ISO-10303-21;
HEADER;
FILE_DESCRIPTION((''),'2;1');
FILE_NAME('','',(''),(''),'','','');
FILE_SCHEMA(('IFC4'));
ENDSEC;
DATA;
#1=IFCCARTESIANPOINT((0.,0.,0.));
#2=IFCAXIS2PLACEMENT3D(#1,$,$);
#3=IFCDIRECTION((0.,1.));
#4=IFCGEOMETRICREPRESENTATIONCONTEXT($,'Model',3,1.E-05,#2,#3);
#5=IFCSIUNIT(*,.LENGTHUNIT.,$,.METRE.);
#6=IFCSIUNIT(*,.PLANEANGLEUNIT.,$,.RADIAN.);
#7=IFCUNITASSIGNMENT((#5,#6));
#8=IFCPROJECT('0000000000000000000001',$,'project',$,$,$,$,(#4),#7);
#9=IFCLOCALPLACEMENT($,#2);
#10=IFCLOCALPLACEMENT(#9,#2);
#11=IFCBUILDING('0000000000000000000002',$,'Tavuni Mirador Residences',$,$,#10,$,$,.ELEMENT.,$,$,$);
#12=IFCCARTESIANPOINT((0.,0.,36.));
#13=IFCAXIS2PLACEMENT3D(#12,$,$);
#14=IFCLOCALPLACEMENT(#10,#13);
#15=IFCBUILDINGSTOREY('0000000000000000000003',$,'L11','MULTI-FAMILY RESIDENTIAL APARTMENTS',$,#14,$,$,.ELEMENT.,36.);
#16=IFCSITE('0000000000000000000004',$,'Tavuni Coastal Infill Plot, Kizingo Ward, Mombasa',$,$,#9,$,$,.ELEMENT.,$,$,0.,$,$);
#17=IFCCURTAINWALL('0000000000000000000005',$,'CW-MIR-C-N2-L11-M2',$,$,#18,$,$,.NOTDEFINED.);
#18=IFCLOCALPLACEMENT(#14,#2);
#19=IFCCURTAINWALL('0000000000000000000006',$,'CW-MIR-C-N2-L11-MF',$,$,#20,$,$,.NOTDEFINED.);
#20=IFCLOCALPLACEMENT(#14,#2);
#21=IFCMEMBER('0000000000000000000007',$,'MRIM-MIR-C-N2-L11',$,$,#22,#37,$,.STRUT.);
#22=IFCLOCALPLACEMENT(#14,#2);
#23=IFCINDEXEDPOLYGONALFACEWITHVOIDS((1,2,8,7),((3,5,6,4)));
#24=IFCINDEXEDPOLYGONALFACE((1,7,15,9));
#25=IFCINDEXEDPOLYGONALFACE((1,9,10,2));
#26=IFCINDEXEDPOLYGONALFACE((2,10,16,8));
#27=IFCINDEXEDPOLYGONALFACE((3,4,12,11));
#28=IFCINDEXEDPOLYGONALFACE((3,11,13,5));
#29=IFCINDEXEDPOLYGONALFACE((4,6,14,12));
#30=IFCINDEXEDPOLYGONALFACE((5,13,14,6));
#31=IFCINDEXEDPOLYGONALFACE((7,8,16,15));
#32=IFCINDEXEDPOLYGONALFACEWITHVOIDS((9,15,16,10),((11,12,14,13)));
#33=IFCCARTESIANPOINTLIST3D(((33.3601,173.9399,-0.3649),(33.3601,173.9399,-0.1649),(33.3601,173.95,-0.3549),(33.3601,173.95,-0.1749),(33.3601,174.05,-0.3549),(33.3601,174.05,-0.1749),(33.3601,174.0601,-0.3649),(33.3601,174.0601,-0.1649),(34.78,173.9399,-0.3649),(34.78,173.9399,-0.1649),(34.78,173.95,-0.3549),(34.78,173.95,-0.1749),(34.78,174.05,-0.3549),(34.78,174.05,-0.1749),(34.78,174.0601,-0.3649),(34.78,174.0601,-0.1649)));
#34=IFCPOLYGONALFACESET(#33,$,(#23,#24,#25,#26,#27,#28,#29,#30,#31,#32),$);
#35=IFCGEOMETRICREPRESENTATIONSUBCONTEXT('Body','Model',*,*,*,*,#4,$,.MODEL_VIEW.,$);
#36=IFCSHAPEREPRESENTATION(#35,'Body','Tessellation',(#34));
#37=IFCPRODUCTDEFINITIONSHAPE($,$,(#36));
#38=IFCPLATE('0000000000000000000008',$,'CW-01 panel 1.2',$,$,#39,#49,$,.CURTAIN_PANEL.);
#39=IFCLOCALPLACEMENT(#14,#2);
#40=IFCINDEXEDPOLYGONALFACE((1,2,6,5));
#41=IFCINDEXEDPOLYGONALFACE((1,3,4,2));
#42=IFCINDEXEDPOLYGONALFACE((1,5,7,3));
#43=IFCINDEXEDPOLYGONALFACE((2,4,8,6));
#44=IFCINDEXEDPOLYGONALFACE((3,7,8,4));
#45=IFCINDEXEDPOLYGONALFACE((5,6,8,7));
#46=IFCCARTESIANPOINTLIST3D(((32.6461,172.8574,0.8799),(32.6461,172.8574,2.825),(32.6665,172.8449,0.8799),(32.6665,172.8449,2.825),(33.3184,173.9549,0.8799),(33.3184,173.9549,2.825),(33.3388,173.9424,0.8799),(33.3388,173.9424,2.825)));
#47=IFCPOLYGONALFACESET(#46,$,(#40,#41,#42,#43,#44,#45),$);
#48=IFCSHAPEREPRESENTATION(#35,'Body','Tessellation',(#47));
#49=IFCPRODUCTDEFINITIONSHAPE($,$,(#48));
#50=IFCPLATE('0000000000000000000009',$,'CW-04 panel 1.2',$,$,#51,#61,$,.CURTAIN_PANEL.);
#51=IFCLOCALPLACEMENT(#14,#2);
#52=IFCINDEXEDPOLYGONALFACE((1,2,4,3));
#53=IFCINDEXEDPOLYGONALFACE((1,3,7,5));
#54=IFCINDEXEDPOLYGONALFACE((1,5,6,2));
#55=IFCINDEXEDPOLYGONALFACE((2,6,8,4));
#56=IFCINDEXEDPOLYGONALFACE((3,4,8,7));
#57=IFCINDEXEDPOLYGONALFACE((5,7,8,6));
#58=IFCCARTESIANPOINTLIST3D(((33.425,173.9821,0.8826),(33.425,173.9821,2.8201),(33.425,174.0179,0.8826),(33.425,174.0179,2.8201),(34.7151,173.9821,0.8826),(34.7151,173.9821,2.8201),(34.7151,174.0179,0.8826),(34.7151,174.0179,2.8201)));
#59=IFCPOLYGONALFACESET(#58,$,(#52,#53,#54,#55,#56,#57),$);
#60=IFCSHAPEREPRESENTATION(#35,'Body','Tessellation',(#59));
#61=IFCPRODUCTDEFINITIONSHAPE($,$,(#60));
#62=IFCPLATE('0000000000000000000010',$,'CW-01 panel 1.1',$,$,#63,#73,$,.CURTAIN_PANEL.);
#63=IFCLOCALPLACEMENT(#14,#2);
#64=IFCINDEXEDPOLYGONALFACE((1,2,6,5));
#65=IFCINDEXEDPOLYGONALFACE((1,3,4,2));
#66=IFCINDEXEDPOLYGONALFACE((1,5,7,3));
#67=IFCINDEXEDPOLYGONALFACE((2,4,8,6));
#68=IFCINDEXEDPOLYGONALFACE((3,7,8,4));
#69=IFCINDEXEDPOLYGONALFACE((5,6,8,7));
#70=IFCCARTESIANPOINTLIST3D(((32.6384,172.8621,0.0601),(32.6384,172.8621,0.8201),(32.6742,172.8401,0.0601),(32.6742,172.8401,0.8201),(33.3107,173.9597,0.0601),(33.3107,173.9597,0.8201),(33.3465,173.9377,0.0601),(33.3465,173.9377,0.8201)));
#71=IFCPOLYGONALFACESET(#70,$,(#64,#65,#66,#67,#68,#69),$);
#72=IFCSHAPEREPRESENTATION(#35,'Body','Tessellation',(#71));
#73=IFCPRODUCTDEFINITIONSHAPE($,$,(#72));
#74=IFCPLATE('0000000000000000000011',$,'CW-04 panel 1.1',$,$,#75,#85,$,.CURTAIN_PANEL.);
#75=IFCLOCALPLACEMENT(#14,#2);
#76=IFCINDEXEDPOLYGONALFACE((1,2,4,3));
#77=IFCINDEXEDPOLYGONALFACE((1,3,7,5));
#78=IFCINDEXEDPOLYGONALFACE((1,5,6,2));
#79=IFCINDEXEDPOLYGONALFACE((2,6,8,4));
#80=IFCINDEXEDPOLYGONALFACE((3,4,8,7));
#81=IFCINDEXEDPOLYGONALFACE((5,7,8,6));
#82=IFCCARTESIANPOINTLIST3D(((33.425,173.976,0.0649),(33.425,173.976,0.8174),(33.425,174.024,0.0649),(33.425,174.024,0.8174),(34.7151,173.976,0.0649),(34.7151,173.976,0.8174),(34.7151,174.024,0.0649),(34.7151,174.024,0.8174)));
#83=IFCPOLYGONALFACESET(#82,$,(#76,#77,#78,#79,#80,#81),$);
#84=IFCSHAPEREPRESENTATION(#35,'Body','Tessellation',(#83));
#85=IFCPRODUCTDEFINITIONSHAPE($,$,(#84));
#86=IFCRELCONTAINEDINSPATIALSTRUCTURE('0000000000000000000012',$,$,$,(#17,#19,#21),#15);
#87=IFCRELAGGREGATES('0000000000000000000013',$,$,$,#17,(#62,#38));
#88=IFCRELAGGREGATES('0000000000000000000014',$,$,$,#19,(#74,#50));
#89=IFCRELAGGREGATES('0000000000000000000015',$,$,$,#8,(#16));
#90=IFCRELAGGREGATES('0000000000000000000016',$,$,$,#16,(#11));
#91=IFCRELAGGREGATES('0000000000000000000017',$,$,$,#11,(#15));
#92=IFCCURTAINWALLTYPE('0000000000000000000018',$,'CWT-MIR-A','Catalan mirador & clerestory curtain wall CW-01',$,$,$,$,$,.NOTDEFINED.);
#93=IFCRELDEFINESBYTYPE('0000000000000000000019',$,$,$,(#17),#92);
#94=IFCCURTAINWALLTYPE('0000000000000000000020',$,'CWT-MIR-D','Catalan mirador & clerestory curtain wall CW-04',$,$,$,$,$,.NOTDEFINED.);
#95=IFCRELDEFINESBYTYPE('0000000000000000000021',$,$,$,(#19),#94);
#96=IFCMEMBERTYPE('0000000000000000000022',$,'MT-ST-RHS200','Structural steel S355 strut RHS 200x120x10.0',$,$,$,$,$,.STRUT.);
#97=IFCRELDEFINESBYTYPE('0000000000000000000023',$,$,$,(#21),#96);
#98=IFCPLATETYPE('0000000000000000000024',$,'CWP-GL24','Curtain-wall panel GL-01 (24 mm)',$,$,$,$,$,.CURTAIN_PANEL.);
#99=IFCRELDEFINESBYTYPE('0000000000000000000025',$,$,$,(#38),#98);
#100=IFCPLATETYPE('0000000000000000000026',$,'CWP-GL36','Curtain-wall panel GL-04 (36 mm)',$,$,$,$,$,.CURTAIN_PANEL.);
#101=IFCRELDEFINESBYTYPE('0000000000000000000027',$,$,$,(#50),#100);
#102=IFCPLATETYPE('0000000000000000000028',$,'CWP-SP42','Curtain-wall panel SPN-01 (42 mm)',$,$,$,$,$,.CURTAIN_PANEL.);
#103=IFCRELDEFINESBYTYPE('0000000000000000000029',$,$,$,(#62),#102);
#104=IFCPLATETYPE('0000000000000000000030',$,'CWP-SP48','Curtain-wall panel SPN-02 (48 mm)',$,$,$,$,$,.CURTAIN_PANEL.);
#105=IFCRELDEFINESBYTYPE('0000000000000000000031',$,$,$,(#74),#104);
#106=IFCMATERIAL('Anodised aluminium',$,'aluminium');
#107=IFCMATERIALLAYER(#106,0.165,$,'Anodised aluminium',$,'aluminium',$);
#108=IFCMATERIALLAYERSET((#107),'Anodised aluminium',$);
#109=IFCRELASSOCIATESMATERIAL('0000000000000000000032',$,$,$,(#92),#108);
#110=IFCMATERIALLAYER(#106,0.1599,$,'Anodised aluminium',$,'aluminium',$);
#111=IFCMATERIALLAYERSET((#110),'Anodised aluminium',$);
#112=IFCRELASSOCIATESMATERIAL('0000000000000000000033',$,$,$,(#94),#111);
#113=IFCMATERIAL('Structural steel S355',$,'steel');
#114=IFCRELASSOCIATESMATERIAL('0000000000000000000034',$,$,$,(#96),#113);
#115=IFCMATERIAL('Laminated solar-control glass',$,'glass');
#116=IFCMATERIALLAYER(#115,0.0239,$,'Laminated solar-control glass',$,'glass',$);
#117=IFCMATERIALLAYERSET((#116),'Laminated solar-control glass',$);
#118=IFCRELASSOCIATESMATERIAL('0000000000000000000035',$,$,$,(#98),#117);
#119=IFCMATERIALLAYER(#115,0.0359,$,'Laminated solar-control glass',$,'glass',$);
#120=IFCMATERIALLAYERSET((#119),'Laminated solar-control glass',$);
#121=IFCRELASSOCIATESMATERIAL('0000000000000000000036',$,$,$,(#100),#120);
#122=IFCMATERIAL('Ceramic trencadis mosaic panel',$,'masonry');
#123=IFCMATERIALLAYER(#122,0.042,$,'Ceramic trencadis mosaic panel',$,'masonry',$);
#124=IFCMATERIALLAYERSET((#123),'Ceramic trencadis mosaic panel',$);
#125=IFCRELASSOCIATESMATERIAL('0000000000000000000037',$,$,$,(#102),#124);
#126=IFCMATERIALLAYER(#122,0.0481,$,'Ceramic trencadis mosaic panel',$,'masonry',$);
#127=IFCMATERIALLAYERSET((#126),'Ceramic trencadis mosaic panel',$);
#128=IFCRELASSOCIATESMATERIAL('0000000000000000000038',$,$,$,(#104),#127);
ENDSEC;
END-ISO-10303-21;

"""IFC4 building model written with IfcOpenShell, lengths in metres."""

from ifc_helpers import new_model, si_unit, direction, frame, origin, origin_2d, place, context, subcontext, project, spatial, rectangle, hollow_rectangle, extrude, material, layer, layer_set, material_profile, profile_set, type_object, element, aggregate, save


model = new_model("IFC4")

# Units and contexts
model_context = context("Model", 3, precision=1e-05, world=origin(), true_north=direction((0.0, 1.0)))
body_context = subcontext(model_context, "Body", "Model", "MODEL_VIEW")
ifc_project = project(units=[si_unit("LENGTHUNIT", "METRE"), si_unit("PLANEANGLEUNIT", "RADIAN")], contexts=[model_context])

# Site, building, storey
site_placement = place(None, origin())
site = spatial("IfcSite", under=ifc_project, at=site_placement, Name="Tavuni Coastal Infill Plot, Kizingo Ward, Mombasa", CompositionType="ELEMENT", RefElevation=0.0)
building_placement = place(site_placement, origin())
building = spatial("IfcBuilding", under=site, at=building_placement, Name="Tavuni Mirador Residences", CompositionType="ELEMENT")
storey_placement = place(building_placement, frame((0.0, 0.0, 36.0)))
storey = spatial("IfcBuildingStorey", under=building, at=storey_placement, Name="L11", Description="MULTI-FAMILY RESIDENTIAL APARTMENTS", CompositionType="ELEMENT", Elevation=36.0)

# Curtain wall
ifc_material_1 = material(Name="Anodised aluminium", Category="aluminium")
ifc_layer_1 = layer(ifc_material_1, 0.165, Name="Anodised aluminium", Category="aluminium")
ifc_layer_set_1 = layer_set([ifc_layer_1], Name="Anodised aluminium")
curtain_wall_type_1 = type_object("IfcCurtainWallType", Name="CWT-MIR-A", Description="Catalan mirador & clerestory curtain wall CW-01", PredefinedType="NOTDEFINED", material=ifc_layer_set_1)
curtain_wall_1_placement = place(storey_placement, origin())
curtain_wall_1 = element("IfcCurtainWall", 1, at=curtain_wall_1_placement, inside=storey, type_object=curtain_wall_type_1, Name="CW-MIR-C-N2-L11-M2", PredefinedType="NOTDEFINED")

# Curtain wall
ifc_layer_2 = layer(ifc_material_1, 0.1599, Name="Anodised aluminium", Category="aluminium")
ifc_layer_set_2 = layer_set([ifc_layer_2], Name="Anodised aluminium")
curtain_wall_type_2 = type_object("IfcCurtainWallType", Name="CWT-MIR-D", Description="Catalan mirador & clerestory curtain wall CW-04", PredefinedType="NOTDEFINED", material=ifc_layer_set_2)
curtain_wall_2_placement = place(storey_placement, origin())
curtain_wall_2 = element("IfcCurtainWall", 2, at=curtain_wall_2_placement, inside=storey, type_object=curtain_wall_type_2, Name="CW-MIR-C-N2-L11-MF", PredefinedType="NOTDEFINED")

# Member
ifc_material_2 = material(Name="Structural steel S355", Category="steel")
ifc_material_profile_1 = material_profile(ifc_material_2, hollow_rectangle(XDim=0.1201, YDim=0.2, WallThickness=0.01, at=origin_2d()), Name="RHS 200x120x10.0", Category="steel")
ifc_profile_set_1 = profile_set([ifc_material_profile_1], Name="Structural steel S355")
member_type_1 = type_object("IfcMemberType", Name="MT-ST-RHS200", Description="Structural steel S355 strut RHS 200x120x10.0", PredefinedType="STRUT", material=ifc_profile_set_1)
member_1_placement = place(storey_placement, frame((33.3601, 174.0, -0.2649), z_axis=(1.0, 0.0, 0.0), x_axis=(0.0, 1.0, 0.0)))
element("IfcMember", 3, at=member_1_placement, inside=storey, type_object=member_type_1, Name="MRIM-MIR-C-N2-L11", PredefinedType="STRUT", context=body_context, shape_type="SweptSolid", body=[
    extrude(hollow_rectangle(XDim=0.1201, YDim=0.2, WallThickness=0.01, at=origin_2d()), origin(), (0.0, 0.0, 1.0), 1.4199),
])

# Plates
ifc_material_3 = material(Name="Laminated solar-control glass", Category="glass")
ifc_layer_3 = layer(ifc_material_3, 0.0239, Name="Laminated solar-control glass", Category="glass")
ifc_layer_set_3 = layer_set([ifc_layer_3], Name="Laminated solar-control glass")
plate_type_1 = type_object("IfcPlateType", Name="CWP-GL24", Description="Curtain-wall panel GL-01 (24 mm)", PredefinedType="CURTAIN_PANEL", material=ifc_layer_set_3)
plate_1_placement = place(storey_placement, frame((32.9924, 173.3999, 0.8799), z_axis=(0.0, 0.0, 1.0), x_axis=(-0.522312, -0.852754, 0.0)))
plate_1 = element("IfcPlate", 4, at=plate_1_placement, type_object=plate_type_1, Name="CW-01 panel 1.2", PredefinedType="CURTAIN_PANEL", context=body_context, shape_type="SweptSolid", body=[
    extrude(rectangle(XDim=1.2871, YDim=0.0239, at=origin_2d()), origin(), (0.0, 0.0, 1.0), 1.9451),
])
ifc_layer_4 = layer(ifc_material_3, 0.0359, Name="Laminated solar-control glass", Category="glass")
ifc_layer_set_4 = layer_set([ifc_layer_4], Name="Laminated solar-control glass")
plate_type_2 = type_object("IfcPlateType", Name="CWP-GL36", Description="Curtain-wall panel GL-04 (36 mm)", PredefinedType="CURTAIN_PANEL", material=ifc_layer_set_4)
plate_2_placement = place(storey_placement, frame((34.0701, 174.0, 0.8826), z_axis=(0.0, 0.0, 1.0), x_axis=(-1.0, 0.0, 0.0)))
plate_2 = element("IfcPlate", 5, at=plate_2_placement, type_object=plate_type_2, Name="CW-04 panel 1.2", PredefinedType="CURTAIN_PANEL", context=body_context, shape_type="SweptSolid", body=[
    extrude(rectangle(XDim=1.29, YDim=0.0359, at=origin_2d()), origin(), (0.0, 0.0, 1.0), 1.9375),
])
ifc_material_4 = material(Name="Ceramic trencadis mosaic panel", Category="masonry")
ifc_layer_5 = layer(ifc_material_4, 0.042, Name="Ceramic trencadis mosaic panel", Category="masonry")
ifc_layer_set_5 = layer_set([ifc_layer_5], Name="Ceramic trencadis mosaic panel")
plate_type_3 = type_object("IfcPlateType", Name="CWP-SP42", Description="Curtain-wall panel SPN-01 (42 mm)", PredefinedType="CURTAIN_PANEL", material=ifc_layer_set_5)
plate_3_placement = place(storey_placement, frame((32.9924, 173.3999, 0.0601), z_axis=(0.0, 0.0, 1.0), x_axis=(-0.522312, -0.852754, 0.0)))
plate_3 = element("IfcPlate", 6, at=plate_3_placement, type_object=plate_type_3, Name="CW-01 panel 1.1", PredefinedType="CURTAIN_PANEL", context=body_context, shape_type="SweptSolid", body=[
    extrude(rectangle(XDim=1.2871, YDim=0.042, at=origin_2d()), origin(), (0.0, 0.0, 1.0), 0.76),
])
aggregate(curtain_wall_1, [plate_3, plate_1])
ifc_layer_6 = layer(ifc_material_4, 0.0481, Name="Ceramic trencadis mosaic panel", Category="masonry")
ifc_layer_set_6 = layer_set([ifc_layer_6], Name="Ceramic trencadis mosaic panel")
plate_type_4 = type_object("IfcPlateType", Name="CWP-SP48", Description="Curtain-wall panel SPN-02 (48 mm)", PredefinedType="CURTAIN_PANEL", material=ifc_layer_set_6)
plate_4_placement = place(storey_placement, frame((34.0701, 174.0, 0.0649), z_axis=(0.0, 0.0, 1.0), x_axis=(-1.0, 0.0, 0.0)))
plate_4 = element("IfcPlate", 7, at=plate_4_placement, type_object=plate_type_4, Name="CW-04 panel 1.1", PredefinedType="CURTAIN_PANEL", context=body_context, shape_type="SweptSolid", body=[
    extrude(rectangle(XDim=1.29, YDim=0.0481, at=origin_2d()), origin(), (0.0, 0.0, 1.0), 0.7524),
])
aggregate(curtain_wall_2, [plate_4, plate_2])

save(model, "model.ifc")
